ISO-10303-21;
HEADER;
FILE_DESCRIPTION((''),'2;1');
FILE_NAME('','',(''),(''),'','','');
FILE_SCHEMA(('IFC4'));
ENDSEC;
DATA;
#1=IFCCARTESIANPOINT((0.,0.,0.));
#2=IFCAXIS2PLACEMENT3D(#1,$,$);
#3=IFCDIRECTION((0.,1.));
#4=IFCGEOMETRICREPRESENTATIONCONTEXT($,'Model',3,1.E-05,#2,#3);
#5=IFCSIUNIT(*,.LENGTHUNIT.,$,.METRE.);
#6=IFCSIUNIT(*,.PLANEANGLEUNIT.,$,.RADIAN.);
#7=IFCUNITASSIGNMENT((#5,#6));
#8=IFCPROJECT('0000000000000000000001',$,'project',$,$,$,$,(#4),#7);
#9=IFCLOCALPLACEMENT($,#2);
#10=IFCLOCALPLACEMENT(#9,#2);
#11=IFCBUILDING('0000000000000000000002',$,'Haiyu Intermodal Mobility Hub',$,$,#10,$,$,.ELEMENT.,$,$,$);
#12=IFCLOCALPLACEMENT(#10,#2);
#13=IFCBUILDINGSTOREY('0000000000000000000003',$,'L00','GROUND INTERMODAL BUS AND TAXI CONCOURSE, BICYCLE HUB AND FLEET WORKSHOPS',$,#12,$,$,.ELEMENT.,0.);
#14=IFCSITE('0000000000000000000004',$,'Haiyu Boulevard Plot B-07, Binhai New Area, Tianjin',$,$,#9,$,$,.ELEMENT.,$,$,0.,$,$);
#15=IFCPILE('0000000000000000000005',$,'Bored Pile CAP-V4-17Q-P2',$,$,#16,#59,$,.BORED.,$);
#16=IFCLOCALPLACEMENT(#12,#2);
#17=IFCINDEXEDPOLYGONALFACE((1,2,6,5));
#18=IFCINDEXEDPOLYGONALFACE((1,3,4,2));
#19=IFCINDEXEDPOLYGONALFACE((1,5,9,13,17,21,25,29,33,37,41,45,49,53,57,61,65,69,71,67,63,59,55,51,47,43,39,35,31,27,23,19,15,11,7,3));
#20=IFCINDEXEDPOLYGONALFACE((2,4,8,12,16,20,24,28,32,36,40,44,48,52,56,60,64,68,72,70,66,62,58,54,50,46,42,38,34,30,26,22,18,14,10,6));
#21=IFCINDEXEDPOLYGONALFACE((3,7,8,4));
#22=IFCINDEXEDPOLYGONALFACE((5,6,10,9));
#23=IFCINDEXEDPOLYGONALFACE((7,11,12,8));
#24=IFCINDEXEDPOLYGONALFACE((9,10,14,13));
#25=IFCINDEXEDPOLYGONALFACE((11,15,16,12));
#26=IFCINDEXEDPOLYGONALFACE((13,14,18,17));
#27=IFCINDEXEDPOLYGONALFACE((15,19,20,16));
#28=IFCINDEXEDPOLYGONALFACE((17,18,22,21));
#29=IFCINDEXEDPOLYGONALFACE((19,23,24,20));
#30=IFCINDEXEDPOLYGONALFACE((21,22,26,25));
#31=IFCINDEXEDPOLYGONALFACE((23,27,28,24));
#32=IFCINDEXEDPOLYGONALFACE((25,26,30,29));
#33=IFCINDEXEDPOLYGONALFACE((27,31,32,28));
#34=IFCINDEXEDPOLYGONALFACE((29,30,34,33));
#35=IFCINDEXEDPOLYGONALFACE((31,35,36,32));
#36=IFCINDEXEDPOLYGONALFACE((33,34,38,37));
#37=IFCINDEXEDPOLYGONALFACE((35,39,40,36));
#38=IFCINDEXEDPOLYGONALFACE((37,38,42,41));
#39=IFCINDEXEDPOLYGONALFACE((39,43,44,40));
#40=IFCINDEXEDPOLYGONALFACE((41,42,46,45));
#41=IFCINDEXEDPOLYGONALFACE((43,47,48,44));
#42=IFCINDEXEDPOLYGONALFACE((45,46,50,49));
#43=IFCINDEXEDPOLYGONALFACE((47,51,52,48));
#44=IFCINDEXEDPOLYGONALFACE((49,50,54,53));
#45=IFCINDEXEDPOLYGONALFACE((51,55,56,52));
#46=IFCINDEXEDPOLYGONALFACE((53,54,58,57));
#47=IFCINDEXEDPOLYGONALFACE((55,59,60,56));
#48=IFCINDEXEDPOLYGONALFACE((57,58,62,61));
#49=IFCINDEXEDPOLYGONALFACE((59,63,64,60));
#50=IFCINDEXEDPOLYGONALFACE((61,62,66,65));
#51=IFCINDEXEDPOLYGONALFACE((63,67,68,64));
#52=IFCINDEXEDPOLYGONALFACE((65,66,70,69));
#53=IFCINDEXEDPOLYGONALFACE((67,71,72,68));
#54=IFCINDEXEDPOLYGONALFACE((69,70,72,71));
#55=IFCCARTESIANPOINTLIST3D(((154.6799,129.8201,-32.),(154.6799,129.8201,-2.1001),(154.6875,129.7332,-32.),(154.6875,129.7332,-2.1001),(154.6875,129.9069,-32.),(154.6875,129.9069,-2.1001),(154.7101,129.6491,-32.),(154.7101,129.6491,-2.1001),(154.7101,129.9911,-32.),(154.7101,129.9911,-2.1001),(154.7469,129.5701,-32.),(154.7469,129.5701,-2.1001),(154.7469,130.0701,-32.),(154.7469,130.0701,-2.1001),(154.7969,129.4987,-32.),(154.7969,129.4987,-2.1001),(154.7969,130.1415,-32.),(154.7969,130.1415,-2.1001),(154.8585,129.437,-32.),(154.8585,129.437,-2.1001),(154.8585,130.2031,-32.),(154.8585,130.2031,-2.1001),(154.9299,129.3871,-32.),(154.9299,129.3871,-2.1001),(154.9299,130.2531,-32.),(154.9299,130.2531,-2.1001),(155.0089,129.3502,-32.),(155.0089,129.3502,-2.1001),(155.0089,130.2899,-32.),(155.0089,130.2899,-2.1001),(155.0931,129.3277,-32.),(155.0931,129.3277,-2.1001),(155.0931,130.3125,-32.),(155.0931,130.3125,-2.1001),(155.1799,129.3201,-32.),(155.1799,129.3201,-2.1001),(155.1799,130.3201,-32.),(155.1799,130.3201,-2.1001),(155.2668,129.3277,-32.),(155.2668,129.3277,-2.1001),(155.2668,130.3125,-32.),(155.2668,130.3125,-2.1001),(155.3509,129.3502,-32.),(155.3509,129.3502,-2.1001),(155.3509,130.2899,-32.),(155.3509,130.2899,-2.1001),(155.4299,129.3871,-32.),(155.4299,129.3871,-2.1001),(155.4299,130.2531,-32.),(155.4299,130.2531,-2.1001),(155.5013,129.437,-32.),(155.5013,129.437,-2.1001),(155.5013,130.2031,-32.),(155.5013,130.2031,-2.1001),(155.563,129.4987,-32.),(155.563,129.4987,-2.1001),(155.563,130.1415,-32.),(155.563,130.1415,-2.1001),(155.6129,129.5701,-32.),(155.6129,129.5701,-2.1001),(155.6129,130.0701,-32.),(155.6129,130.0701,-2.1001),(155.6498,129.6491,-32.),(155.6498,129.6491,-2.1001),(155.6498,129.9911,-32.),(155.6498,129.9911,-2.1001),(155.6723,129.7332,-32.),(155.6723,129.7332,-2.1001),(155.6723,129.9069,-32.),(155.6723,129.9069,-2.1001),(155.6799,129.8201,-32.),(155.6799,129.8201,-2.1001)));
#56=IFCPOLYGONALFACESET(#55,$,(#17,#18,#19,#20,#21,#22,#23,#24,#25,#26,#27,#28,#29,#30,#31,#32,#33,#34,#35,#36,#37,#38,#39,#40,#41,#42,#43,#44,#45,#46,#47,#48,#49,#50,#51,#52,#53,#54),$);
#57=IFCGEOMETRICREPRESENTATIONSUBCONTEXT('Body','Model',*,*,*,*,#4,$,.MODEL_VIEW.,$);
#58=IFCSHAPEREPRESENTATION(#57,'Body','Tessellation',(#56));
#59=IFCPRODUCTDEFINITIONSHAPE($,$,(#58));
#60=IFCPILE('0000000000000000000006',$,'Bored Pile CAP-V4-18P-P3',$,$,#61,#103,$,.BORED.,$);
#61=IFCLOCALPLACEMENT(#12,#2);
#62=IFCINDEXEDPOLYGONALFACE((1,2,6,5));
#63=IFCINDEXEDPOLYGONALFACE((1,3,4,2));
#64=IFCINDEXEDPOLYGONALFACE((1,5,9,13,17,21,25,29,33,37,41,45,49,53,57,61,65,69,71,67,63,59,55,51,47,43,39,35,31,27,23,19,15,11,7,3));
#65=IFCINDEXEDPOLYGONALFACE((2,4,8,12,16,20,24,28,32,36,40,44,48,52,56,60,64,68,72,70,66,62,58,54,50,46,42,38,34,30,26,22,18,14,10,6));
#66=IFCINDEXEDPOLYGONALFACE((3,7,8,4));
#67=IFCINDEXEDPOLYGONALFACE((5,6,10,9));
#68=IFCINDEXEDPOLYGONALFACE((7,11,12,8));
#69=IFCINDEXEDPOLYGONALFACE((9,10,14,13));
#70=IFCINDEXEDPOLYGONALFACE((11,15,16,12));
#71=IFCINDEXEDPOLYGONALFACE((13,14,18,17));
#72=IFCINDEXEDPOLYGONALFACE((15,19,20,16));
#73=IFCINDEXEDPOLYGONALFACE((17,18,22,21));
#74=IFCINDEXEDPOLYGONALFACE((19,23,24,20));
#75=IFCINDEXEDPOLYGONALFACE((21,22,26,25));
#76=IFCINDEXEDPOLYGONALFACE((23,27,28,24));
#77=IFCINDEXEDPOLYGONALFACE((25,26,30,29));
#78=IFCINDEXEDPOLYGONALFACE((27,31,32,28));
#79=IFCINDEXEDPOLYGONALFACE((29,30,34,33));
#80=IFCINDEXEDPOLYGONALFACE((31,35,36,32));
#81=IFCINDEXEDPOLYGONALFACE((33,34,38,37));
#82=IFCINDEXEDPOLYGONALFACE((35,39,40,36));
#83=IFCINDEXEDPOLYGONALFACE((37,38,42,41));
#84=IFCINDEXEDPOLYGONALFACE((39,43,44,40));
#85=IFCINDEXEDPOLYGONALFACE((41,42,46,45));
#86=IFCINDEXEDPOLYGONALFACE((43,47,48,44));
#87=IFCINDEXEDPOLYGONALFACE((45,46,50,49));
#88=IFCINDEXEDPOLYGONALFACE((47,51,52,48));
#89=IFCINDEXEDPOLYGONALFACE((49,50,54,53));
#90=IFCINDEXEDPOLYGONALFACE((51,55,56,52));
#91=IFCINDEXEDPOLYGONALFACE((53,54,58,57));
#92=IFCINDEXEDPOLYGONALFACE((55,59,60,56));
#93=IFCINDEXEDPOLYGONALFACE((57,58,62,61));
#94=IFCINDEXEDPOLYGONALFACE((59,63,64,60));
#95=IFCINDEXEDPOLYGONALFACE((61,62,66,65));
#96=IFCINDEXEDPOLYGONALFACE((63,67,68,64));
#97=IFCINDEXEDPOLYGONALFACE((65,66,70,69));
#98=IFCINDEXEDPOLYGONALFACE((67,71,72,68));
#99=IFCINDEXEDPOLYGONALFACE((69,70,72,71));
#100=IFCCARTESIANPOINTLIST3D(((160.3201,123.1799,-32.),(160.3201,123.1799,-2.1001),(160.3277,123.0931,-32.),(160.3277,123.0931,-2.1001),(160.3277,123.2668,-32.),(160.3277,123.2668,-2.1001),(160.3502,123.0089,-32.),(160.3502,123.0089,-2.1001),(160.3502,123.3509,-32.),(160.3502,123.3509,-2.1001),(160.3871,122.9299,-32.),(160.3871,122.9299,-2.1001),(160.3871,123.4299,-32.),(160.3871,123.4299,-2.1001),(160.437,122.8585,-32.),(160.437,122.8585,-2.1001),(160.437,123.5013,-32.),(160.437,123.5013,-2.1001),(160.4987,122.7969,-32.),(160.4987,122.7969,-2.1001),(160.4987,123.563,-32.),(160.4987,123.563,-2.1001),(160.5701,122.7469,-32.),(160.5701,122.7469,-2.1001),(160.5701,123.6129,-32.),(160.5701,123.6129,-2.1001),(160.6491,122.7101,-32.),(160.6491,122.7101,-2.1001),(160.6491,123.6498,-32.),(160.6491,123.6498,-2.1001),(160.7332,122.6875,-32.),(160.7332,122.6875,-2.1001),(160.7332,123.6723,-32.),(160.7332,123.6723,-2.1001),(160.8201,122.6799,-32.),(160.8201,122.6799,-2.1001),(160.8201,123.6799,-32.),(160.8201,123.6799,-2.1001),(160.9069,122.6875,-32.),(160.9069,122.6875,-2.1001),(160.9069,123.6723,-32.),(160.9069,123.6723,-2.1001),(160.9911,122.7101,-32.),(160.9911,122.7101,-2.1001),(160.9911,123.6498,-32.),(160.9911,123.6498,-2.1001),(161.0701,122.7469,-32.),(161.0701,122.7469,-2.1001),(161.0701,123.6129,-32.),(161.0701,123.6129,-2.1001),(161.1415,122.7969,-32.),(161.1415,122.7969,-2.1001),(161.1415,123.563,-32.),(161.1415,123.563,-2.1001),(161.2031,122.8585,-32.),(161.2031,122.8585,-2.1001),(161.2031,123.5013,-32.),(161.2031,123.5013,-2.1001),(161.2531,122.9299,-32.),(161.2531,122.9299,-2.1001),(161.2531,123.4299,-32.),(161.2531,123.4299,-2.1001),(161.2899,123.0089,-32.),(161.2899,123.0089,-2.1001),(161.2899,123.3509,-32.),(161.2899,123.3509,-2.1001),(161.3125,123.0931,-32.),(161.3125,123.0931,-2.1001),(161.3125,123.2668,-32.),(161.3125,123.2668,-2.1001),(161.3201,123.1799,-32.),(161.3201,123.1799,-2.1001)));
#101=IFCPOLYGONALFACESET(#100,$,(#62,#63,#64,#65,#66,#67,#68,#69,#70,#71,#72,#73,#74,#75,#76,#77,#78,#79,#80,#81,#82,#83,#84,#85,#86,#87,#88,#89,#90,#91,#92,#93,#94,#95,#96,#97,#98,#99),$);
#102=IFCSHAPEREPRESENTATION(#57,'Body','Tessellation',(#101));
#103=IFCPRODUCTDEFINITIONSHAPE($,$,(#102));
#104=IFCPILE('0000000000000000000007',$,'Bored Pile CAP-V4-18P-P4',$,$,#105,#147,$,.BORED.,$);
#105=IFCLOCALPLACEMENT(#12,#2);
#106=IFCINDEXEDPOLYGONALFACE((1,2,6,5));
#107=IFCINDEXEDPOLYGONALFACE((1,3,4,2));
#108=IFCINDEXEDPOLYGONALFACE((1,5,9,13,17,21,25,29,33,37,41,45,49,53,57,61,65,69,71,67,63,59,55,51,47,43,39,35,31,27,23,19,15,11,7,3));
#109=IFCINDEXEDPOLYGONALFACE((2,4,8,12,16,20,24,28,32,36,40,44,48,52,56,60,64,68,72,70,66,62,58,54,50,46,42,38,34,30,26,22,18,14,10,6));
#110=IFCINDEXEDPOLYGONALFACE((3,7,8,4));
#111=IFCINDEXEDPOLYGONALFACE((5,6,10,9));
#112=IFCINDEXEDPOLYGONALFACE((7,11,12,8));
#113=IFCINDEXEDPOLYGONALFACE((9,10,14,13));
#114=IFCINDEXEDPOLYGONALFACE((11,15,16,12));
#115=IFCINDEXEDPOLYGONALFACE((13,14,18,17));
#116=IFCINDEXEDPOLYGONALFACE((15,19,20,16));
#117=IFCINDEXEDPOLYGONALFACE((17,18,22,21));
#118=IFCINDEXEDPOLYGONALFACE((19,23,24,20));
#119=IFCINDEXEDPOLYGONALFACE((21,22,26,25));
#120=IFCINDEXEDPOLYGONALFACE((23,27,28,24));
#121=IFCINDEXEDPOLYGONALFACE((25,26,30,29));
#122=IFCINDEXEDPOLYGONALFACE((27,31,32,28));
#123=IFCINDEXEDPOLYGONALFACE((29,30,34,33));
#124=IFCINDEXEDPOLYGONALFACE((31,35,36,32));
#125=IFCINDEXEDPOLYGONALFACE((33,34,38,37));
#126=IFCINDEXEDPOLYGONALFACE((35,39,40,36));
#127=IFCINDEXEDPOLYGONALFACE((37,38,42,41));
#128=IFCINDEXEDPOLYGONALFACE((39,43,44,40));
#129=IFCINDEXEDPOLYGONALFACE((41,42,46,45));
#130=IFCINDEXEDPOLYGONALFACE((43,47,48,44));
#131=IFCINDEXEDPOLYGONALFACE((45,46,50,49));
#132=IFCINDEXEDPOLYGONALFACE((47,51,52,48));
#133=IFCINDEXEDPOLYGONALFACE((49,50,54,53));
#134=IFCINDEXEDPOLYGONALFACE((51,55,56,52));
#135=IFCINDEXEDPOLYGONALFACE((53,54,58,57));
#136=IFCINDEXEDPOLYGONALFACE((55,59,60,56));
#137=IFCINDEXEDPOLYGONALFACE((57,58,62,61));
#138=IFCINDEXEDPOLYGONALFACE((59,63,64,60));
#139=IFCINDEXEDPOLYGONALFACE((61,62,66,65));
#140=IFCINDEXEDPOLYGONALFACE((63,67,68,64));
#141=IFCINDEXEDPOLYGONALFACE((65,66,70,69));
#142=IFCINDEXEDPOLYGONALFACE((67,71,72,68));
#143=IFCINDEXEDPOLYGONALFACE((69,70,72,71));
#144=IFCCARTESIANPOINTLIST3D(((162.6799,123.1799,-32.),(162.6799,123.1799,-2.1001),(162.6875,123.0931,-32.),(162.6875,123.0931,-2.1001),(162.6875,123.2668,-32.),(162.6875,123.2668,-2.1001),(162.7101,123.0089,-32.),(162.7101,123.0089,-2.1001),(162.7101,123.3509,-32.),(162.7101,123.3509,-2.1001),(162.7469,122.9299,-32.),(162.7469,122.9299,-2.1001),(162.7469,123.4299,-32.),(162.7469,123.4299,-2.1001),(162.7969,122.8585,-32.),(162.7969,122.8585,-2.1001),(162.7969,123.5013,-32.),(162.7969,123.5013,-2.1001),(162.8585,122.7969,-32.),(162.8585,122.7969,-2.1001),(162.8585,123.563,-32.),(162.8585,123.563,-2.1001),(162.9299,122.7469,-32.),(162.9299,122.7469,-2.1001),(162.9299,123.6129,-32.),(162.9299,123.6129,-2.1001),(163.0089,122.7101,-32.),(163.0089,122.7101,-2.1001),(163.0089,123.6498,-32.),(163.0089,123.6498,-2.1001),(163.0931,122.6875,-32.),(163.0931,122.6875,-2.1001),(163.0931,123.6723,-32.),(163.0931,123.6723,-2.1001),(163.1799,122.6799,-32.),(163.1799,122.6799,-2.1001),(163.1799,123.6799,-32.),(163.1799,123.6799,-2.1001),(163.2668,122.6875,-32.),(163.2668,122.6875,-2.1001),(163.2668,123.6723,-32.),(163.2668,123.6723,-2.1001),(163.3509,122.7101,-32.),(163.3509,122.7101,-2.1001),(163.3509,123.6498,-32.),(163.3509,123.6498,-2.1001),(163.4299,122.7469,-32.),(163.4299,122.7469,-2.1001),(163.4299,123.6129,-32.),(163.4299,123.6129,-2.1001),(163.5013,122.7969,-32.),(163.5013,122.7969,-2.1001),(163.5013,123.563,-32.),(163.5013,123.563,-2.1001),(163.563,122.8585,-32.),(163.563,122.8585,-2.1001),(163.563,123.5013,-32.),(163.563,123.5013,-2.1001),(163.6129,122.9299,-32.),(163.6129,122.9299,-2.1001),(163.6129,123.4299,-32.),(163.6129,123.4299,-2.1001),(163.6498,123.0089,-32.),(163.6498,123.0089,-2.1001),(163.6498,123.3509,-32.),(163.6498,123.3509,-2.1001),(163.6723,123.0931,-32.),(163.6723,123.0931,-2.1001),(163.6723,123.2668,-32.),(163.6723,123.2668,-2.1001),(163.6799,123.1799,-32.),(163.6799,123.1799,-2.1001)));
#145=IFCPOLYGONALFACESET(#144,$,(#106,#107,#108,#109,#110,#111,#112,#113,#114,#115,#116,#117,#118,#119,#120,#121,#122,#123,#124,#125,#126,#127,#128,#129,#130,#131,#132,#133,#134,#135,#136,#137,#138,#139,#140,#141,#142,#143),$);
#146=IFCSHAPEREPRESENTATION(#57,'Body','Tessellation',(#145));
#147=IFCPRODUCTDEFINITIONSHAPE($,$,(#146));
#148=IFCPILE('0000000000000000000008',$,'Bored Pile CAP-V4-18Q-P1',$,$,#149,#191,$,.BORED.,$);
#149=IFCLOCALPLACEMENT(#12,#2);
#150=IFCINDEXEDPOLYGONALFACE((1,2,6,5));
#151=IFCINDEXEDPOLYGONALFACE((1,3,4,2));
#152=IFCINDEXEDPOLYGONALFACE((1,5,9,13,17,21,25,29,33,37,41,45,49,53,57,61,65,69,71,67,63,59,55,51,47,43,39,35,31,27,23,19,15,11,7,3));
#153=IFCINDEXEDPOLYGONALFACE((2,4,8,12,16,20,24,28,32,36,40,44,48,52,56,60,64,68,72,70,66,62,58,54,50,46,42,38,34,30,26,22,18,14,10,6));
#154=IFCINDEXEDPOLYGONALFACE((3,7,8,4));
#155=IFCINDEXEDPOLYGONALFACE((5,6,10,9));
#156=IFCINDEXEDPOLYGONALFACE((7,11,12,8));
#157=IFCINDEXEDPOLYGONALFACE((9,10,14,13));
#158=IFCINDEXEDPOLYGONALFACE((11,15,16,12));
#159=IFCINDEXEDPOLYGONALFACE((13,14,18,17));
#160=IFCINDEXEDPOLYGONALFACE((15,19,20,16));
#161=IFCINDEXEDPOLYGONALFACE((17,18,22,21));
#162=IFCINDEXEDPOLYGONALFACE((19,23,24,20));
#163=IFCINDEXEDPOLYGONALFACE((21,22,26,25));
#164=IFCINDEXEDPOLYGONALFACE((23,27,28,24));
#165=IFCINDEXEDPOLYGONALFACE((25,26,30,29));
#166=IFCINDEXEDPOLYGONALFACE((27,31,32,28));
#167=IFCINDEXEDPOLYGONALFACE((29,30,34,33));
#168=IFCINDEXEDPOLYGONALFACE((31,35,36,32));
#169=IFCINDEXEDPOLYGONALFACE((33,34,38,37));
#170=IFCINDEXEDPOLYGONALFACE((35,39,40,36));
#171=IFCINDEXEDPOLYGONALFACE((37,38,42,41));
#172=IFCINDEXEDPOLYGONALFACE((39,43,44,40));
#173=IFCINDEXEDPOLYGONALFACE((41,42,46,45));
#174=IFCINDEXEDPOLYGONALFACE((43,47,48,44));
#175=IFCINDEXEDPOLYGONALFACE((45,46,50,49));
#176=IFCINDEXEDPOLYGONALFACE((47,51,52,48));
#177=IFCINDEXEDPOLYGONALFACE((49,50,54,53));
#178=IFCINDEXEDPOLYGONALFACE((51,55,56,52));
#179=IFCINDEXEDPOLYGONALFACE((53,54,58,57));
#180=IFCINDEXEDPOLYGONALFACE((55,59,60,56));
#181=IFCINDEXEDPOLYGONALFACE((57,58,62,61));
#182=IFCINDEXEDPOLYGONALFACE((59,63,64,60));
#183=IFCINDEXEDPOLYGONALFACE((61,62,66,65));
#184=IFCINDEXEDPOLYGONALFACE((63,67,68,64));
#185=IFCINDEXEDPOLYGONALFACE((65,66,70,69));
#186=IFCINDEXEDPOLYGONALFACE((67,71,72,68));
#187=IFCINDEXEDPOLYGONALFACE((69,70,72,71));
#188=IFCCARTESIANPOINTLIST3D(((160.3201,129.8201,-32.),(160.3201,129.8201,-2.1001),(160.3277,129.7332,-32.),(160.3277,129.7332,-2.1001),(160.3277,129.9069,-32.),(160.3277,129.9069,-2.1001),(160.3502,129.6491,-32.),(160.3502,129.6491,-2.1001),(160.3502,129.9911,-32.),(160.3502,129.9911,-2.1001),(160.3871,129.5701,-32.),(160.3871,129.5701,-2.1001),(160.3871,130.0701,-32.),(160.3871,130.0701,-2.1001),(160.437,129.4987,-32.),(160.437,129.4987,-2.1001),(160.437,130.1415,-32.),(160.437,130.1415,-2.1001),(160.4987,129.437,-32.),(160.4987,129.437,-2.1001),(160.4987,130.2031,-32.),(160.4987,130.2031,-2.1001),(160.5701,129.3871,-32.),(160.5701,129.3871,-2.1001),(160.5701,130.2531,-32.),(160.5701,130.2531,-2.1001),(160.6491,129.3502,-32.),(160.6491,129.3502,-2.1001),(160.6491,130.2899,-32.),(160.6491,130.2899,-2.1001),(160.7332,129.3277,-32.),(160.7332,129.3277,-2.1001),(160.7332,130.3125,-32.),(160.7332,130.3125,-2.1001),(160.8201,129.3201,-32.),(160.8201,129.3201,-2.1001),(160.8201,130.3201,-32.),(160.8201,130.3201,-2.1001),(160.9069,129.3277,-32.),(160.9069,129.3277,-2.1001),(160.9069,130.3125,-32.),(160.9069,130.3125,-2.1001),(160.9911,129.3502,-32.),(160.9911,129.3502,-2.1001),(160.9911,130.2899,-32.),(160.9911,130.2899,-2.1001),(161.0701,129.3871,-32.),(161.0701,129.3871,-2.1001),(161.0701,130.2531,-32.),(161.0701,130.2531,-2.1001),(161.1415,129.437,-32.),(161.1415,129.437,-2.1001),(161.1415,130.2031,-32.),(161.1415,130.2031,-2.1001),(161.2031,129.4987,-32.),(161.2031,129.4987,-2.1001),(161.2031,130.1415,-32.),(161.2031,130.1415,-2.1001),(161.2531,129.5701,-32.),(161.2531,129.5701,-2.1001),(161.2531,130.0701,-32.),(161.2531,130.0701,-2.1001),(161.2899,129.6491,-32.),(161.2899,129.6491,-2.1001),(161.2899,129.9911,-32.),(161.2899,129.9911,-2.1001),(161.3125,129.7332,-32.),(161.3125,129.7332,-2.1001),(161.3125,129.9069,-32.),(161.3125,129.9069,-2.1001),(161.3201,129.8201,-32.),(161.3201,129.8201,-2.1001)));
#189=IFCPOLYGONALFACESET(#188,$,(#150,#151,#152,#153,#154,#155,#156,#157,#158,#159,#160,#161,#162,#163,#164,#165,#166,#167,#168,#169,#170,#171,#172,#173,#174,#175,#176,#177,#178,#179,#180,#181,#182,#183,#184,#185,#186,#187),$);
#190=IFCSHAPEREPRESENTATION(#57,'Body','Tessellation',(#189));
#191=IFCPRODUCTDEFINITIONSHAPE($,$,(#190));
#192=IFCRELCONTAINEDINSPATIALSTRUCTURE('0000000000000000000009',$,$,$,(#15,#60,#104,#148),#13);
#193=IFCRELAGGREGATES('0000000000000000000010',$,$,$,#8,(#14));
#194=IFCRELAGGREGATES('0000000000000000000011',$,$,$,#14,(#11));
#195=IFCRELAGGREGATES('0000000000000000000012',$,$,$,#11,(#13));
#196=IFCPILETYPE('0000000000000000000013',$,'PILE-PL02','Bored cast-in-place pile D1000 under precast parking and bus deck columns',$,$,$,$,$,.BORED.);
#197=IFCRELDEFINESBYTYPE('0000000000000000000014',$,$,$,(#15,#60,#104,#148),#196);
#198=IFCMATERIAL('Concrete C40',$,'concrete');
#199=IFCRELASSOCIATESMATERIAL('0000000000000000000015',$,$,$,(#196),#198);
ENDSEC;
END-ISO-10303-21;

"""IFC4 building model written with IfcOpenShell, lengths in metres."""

from ifc_helpers import new_model, si_unit, direction, frame, origin, origin_2d, place, context, subcontext, project, spatial, circle, extrude, material, material_profile, profile_set, type_object, element, save


model = new_model("IFC4")

# Units and contexts
model_context = context("Model", 3, precision=1e-05, world=origin(), true_north=direction((0.0, 1.0)))
body_context = subcontext(model_context, "Body", "Model", "MODEL_VIEW")
ifc_project = project(units=[si_unit("LENGTHUNIT", "METRE"), si_unit("PLANEANGLEUNIT", "RADIAN")], contexts=[model_context])

# Site, building, storey
site_placement = place(None, origin())
site = spatial("IfcSite", under=ifc_project, at=site_placement, Name="Haiyu Boulevard Plot B-07, Binhai New Area, Tianjin", CompositionType="ELEMENT", RefElevation=0.0)
building_placement = place(site_placement, origin())
building = spatial("IfcBuilding", under=site, at=building_placement, Name="Haiyu Intermodal Mobility Hub", CompositionType="ELEMENT")
storey_placement = place(building_placement, origin())
storey = spatial("IfcBuildingStorey", under=building, at=storey_placement, Name="L00", Description="GROUND INTERMODAL BUS AND TAXI CONCOURSE, BICYCLE HUB AND FLEET WORKSHOPS", CompositionType="ELEMENT", Elevation=0.0)

# Shared definitions
ifc_material_1 = material(Name="Concrete C40", Category="concrete")

# Piles
ifc_material_profile_1 = material_profile(ifc_material_1, circle(Radius=0.5, at=origin_2d()), Name="PILE-D1000")
ifc_profile_set_1 = profile_set([ifc_material_profile_1], Name="Concrete C40")
pile_type_1 = type_object("IfcPileType", Name="PILE-PL02", Description="Bored cast-in-place pile D1000 under precast parking and bus deck columns", PredefinedType="BORED", material=ifc_profile_set_1)
for number, where, z_axis, x_axis, name in (
    (1, (155.1799, 129.8201, -2.1001), (0.0, 0.0, -1.0), (1.0, 0.0, 0.0), "Bored Pile CAP-V4-17Q-P2"),
    (2, (160.8201, 123.1799, -2.1001), (0.0, 0.0, -1.0), (1.0, 0.0, 0.0), "Bored Pile CAP-V4-18P-P3"),
    (3, (163.1799, 123.1799, -2.1001), (0.0, 0.0, -1.0), (1.0, 0.0, 0.0), "Bored Pile CAP-V4-18P-P4"),
    (4, (160.8201, 129.8201, -2.1001), (0.0, 0.0, -1.0), (1.0, 0.0, 0.0), "Bored Pile CAP-V4-18Q-P1"),
):
    element("IfcPile", number, at=place(storey_placement, frame(where, z_axis=z_axis, x_axis=x_axis)), inside=storey, type_object=pile_type_1, Name=name, PredefinedType="BORED", context=body_context, shape_type="SweptSolid", body=[
        extrude(circle(Radius=0.5, at=origin_2d()), origin(), (0.0, 0.0, 1.0), 29.8999),
    ])

save(model, "model.ifc")
